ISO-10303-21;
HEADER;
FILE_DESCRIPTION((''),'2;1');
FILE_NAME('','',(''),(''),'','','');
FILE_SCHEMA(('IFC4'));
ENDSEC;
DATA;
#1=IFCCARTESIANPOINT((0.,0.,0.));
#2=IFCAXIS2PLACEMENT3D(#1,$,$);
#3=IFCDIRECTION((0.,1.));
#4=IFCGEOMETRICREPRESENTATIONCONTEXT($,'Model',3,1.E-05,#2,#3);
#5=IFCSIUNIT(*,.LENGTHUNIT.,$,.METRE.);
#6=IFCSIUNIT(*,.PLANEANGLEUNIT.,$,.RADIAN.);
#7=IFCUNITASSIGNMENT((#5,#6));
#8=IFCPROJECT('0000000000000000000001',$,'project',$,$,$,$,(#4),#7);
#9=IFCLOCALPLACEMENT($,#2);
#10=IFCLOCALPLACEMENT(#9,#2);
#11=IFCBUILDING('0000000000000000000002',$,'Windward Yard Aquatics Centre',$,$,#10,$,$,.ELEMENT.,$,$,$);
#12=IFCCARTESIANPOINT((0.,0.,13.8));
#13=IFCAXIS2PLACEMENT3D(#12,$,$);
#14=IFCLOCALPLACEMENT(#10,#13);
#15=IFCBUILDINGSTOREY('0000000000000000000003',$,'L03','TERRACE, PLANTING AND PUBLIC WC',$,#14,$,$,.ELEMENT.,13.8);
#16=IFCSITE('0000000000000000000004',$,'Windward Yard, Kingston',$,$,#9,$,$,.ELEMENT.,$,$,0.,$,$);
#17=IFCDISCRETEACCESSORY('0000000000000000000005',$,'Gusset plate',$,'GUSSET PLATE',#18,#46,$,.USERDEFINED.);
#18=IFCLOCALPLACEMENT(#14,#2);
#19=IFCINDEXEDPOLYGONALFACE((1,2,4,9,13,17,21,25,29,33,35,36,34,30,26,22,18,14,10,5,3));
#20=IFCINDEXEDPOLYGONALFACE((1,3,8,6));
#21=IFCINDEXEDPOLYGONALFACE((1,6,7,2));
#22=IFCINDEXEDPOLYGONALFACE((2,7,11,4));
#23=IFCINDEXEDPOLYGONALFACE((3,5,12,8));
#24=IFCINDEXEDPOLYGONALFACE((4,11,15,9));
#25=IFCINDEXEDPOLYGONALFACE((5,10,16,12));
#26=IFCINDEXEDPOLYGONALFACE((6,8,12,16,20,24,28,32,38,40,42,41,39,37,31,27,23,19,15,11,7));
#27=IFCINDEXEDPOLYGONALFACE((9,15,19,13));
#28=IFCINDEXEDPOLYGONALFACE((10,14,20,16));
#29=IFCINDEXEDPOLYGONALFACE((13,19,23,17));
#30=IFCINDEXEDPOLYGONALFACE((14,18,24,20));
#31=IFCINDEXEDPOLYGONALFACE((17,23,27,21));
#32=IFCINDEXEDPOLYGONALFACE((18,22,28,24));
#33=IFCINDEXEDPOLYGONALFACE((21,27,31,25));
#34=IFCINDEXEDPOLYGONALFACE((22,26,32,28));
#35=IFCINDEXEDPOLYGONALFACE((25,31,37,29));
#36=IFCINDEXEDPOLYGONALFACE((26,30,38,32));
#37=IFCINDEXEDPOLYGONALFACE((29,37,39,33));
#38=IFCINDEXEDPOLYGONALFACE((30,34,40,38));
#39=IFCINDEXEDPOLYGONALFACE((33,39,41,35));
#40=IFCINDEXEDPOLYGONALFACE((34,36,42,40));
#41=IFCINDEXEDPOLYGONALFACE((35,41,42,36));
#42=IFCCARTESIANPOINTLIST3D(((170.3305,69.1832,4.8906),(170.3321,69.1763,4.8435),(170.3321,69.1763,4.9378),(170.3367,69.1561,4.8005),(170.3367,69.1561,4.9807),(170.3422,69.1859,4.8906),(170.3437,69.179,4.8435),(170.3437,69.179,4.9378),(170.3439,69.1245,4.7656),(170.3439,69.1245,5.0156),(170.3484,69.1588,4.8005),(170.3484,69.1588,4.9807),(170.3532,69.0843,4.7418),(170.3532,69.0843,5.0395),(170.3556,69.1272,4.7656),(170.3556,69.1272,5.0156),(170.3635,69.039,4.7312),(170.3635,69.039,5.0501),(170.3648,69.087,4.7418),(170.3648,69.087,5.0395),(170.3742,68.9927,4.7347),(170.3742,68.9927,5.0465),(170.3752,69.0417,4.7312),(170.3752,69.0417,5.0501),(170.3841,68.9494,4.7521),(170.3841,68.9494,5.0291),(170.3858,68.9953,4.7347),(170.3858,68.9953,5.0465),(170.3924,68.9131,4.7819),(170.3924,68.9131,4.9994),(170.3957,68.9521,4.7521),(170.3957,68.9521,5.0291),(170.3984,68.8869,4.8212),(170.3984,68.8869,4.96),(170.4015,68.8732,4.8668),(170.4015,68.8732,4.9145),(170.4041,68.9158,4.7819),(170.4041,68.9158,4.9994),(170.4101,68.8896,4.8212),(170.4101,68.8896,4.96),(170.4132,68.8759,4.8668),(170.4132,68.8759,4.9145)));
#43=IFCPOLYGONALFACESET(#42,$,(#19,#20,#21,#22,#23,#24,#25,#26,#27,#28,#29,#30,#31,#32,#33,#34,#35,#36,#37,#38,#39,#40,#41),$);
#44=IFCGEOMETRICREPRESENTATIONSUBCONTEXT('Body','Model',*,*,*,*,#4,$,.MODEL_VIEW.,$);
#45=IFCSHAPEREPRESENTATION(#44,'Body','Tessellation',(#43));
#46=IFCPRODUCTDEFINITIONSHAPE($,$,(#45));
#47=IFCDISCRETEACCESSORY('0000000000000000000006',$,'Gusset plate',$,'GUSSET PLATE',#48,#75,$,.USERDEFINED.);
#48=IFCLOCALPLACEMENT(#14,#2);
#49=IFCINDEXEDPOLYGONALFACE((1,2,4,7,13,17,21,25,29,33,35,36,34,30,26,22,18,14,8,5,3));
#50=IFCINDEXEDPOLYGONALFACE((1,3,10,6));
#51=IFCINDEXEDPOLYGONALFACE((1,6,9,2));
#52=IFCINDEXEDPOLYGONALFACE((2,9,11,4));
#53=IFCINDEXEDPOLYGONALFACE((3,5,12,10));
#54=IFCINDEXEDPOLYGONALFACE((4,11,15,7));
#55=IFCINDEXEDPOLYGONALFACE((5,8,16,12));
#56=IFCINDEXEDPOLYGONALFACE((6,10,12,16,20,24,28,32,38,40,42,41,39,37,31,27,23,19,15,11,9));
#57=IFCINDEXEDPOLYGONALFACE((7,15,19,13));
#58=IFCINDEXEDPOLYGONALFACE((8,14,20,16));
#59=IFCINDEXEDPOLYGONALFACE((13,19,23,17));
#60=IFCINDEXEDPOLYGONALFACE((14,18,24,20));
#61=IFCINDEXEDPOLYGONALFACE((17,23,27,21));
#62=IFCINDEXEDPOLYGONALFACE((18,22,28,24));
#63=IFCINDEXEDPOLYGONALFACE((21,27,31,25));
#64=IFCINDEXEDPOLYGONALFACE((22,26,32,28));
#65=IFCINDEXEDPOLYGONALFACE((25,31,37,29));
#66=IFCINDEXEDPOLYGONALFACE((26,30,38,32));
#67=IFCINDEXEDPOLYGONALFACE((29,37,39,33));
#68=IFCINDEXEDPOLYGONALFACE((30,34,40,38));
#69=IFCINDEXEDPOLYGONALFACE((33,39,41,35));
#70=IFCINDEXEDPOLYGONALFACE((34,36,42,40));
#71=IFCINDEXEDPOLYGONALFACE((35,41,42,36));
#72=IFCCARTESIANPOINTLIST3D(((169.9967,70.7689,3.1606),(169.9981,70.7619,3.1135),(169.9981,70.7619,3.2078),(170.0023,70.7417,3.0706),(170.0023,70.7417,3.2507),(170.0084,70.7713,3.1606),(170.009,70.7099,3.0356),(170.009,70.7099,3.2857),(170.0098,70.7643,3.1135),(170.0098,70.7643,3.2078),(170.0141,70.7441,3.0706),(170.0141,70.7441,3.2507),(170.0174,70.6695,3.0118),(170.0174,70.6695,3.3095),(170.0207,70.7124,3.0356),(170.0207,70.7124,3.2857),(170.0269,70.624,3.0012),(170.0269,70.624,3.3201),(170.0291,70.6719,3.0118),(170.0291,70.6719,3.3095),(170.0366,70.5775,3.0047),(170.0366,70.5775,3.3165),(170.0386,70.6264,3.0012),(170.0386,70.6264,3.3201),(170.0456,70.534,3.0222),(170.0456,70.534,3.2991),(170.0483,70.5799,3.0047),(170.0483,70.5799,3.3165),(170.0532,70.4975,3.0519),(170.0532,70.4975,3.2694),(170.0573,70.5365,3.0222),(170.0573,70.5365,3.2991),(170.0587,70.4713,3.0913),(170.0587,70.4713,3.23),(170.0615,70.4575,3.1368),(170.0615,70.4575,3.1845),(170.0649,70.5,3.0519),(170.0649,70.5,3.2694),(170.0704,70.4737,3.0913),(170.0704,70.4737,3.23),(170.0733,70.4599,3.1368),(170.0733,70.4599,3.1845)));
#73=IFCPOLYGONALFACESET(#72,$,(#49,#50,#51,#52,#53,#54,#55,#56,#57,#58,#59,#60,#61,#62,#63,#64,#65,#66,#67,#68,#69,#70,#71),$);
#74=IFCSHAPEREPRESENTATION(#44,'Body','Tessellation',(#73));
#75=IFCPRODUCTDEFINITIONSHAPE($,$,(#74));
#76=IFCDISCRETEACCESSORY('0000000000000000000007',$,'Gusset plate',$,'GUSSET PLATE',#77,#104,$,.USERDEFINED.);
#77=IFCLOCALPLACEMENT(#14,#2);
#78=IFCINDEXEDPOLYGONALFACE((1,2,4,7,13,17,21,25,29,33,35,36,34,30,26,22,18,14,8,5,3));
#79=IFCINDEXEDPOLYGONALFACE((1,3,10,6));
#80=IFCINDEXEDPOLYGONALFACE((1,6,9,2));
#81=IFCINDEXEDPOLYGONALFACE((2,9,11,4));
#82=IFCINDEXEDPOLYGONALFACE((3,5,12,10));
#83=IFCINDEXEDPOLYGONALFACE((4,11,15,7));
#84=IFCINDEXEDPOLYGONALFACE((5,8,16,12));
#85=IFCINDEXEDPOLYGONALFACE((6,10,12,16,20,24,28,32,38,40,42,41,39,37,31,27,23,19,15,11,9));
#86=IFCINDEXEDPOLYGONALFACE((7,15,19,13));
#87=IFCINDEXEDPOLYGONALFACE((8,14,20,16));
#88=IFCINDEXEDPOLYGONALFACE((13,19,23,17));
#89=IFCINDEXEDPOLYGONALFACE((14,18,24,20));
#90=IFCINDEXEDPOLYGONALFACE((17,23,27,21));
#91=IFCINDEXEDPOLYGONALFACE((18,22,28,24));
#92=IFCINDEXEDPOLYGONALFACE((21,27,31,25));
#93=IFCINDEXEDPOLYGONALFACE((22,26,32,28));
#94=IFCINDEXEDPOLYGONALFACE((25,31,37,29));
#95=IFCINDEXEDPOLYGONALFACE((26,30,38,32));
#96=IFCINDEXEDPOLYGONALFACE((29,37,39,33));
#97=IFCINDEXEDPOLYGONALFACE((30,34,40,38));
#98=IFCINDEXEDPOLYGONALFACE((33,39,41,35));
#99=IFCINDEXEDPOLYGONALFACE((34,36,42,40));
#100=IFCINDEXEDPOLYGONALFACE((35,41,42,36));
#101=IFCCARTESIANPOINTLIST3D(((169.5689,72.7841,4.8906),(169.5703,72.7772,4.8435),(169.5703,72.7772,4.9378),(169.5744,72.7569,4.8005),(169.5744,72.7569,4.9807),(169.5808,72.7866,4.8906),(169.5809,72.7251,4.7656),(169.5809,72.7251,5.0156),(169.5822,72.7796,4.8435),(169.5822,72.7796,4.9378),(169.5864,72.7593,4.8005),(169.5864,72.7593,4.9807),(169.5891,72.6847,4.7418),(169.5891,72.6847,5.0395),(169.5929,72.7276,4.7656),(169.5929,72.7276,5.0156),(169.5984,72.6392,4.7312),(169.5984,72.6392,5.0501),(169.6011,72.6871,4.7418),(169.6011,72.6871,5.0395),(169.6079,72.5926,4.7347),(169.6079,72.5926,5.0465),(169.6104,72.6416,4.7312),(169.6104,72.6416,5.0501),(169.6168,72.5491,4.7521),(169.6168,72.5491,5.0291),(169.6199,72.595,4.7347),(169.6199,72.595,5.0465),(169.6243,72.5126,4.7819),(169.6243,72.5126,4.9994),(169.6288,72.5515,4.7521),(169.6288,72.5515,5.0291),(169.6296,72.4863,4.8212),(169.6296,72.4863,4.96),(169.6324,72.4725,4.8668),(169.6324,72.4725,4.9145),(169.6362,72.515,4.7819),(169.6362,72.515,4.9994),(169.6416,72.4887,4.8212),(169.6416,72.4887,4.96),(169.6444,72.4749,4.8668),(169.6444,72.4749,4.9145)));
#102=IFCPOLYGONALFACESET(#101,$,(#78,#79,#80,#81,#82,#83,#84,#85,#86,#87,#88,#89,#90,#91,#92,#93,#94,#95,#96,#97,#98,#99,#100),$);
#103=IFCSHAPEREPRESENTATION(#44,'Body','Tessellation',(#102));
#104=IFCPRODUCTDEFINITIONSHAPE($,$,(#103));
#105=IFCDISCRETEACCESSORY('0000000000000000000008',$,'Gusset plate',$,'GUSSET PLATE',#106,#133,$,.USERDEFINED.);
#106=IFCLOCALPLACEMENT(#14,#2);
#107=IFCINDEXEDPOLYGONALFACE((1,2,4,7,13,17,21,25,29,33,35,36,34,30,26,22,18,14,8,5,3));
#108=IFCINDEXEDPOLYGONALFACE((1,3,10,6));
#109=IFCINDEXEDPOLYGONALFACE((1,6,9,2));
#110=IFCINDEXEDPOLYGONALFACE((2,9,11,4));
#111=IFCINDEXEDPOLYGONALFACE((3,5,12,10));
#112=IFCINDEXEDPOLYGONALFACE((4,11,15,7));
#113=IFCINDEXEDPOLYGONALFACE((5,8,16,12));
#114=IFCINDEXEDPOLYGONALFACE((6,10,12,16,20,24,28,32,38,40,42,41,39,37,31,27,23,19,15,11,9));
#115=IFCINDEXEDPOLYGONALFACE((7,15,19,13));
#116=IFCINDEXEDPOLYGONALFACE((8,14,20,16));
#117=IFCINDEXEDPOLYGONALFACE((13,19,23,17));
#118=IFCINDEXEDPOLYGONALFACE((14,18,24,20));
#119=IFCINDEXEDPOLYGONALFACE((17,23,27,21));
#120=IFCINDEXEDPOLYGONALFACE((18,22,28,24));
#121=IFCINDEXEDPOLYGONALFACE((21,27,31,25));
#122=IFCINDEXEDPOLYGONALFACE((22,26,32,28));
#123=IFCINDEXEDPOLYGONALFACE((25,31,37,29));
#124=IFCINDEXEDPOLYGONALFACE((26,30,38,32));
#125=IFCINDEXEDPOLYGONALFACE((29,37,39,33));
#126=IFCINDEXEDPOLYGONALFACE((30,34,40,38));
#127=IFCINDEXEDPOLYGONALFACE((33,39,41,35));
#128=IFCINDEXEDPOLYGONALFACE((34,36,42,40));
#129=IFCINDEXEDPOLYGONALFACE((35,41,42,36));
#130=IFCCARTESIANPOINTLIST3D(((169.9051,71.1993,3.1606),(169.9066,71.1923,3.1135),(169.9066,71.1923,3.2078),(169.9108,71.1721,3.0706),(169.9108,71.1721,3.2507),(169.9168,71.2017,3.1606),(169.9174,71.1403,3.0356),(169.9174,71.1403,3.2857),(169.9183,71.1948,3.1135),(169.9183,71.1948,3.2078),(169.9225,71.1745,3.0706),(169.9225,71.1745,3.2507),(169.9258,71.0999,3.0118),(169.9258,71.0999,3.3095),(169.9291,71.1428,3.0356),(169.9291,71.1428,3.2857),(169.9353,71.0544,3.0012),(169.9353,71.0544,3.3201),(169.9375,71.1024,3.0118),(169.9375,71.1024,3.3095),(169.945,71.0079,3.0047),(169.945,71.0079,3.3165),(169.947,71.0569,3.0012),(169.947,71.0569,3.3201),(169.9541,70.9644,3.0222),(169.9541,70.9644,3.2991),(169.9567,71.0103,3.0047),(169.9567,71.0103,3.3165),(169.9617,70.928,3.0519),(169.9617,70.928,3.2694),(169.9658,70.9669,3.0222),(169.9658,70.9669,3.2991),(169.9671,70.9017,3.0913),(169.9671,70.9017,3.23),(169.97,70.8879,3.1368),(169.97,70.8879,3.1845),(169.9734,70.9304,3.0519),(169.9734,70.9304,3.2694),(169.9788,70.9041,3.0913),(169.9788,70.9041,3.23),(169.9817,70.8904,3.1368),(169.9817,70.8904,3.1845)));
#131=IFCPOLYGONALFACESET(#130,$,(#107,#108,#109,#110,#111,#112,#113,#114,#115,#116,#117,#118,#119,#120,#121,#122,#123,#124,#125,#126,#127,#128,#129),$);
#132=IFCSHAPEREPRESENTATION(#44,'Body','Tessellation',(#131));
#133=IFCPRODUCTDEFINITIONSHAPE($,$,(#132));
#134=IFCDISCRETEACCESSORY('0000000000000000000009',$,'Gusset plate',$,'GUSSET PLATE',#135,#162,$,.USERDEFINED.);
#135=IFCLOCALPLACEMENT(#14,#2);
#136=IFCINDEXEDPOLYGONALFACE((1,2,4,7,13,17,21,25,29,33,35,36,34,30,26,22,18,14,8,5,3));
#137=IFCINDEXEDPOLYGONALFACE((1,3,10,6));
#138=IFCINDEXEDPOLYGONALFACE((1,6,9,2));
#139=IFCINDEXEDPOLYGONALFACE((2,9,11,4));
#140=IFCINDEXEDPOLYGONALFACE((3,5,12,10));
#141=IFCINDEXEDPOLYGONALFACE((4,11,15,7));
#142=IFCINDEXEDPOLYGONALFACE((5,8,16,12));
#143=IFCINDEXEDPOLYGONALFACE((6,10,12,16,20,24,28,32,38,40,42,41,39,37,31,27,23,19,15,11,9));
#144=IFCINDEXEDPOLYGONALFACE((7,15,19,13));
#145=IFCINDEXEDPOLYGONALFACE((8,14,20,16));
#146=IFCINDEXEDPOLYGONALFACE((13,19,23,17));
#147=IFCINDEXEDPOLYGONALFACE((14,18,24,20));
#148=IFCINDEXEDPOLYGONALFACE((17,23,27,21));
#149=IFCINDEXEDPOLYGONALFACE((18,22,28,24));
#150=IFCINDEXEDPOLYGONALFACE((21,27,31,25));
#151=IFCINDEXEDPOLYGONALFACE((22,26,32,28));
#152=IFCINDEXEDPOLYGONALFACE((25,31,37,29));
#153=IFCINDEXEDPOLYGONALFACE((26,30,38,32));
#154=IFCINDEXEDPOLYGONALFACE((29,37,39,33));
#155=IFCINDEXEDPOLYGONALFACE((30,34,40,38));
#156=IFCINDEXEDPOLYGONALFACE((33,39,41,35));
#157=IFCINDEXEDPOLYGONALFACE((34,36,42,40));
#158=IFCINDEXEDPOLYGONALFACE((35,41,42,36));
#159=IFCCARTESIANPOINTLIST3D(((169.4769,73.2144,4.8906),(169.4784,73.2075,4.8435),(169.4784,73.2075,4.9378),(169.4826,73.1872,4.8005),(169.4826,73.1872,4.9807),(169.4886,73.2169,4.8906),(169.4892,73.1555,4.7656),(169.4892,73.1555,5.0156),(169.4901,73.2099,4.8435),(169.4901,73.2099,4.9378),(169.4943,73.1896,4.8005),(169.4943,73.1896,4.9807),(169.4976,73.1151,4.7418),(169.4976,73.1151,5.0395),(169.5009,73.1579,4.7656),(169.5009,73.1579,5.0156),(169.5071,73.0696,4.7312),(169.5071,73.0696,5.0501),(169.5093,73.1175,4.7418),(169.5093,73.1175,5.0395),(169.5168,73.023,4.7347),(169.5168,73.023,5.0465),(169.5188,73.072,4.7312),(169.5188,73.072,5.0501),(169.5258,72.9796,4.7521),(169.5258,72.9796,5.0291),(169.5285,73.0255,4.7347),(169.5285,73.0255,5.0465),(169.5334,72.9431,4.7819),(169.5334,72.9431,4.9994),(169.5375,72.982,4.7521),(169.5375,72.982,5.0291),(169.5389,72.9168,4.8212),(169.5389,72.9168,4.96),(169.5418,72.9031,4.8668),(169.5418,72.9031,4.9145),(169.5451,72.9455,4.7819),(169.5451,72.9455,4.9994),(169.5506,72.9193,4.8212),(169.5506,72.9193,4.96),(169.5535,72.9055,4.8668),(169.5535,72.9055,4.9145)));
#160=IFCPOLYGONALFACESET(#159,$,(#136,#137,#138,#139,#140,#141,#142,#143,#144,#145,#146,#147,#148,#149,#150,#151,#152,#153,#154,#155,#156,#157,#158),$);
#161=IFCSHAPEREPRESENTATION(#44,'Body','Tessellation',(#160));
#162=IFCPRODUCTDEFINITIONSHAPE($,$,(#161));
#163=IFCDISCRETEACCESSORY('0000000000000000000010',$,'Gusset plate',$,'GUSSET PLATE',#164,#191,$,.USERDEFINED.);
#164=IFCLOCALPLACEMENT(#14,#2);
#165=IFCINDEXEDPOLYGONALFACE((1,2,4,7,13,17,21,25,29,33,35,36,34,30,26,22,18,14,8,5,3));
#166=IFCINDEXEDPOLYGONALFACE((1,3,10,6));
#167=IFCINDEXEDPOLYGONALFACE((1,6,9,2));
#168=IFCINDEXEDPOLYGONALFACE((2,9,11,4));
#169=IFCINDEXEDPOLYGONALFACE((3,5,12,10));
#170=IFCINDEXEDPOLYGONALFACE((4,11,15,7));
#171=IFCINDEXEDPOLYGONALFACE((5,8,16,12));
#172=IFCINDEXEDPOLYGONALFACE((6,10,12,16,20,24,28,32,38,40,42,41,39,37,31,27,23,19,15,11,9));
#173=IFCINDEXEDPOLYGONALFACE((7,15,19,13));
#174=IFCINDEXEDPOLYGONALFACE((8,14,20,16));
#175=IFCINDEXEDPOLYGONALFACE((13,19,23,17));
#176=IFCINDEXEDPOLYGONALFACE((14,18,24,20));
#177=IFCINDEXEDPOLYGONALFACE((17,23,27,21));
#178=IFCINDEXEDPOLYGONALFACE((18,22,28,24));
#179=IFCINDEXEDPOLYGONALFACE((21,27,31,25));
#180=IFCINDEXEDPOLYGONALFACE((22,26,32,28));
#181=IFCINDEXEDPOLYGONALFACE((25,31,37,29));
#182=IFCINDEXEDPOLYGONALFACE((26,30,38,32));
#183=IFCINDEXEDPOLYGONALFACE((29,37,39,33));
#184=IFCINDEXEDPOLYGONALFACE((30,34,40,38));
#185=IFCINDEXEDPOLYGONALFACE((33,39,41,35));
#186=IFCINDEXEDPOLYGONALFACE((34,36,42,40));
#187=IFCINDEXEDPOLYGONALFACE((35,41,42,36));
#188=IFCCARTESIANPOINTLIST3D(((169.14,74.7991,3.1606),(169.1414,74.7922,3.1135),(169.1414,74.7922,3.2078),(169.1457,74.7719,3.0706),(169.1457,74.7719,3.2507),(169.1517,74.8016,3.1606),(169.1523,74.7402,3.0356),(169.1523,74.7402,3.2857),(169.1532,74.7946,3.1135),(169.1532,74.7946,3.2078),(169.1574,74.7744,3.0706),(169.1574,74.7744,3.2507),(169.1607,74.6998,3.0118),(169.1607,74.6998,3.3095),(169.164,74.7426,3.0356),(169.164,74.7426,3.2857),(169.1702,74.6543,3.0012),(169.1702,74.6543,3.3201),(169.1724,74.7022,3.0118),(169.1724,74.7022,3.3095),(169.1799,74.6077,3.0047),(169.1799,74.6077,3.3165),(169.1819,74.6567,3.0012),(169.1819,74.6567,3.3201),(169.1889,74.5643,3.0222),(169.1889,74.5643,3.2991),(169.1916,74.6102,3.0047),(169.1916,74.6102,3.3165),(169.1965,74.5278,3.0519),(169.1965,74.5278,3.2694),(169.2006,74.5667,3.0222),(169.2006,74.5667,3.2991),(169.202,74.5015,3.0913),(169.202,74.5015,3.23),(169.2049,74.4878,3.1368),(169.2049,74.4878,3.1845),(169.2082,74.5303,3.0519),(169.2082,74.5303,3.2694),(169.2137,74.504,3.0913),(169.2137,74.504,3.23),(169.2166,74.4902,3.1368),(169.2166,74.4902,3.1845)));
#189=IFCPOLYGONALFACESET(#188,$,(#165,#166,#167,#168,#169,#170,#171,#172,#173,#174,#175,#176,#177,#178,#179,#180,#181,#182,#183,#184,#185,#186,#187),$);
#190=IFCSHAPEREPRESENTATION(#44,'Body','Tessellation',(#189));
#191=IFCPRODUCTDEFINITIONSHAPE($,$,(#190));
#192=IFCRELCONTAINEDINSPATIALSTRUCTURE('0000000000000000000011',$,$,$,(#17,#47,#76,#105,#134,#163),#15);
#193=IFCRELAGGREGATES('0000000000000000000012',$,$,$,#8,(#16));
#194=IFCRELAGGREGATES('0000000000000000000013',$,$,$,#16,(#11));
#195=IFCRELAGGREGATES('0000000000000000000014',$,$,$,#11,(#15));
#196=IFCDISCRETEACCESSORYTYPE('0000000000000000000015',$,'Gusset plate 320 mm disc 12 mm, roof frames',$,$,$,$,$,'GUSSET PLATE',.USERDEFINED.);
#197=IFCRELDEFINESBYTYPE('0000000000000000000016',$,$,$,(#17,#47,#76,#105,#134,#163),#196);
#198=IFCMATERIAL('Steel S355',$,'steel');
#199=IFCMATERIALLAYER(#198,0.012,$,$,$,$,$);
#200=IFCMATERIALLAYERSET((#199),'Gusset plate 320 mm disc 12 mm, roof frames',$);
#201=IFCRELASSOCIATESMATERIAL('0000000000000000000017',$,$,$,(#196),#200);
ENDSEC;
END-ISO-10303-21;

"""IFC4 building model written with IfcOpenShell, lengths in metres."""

from ifc_helpers import new_model, si_unit, direction, frame, origin, origin_2d, place, context, subcontext, project, spatial, circle, extrude, material, layer, layer_set, type_object, element, save


model = new_model("IFC4")

# Units and contexts
model_context = context("Model", 3, precision=1e-05, world=origin(), true_north=direction((0.0, 1.0)))
body_context = subcontext(model_context, "Body", "Model", "MODEL_VIEW")
ifc_project = project(units=[si_unit("LENGTHUNIT", "METRE"), si_unit("PLANEANGLEUNIT", "RADIAN")], contexts=[model_context])

# Site, building, storey
site_placement = place(None, origin())
site = spatial("IfcSite", under=ifc_project, at=site_placement, Name="Windward Yard, Kingston", CompositionType="ELEMENT", RefElevation=0.0)
building_placement = place(site_placement, origin())
building = spatial("IfcBuilding", under=site, at=building_placement, Name="Windward Yard Aquatics Centre", CompositionType="ELEMENT")
storey_placement = place(building_placement, frame((0.0, 0.0, 13.8)))
storey = spatial("IfcBuildingStorey", under=building, at=storey_placement, Name="L03", Description="TERRACE, PLANTING AND PUBLIC WC", CompositionType="ELEMENT", Elevation=13.8)

# Discrete accessories
ifc_material_1 = material(Name="Steel S355", Category="steel")
ifc_layer_1 = layer(ifc_material_1, 0.012)
ifc_layer_set_1 = layer_set([ifc_layer_1], Name="Gusset plate 320 mm disc 12 mm, roof frames")
discrete_accessory_type_1 = type_object("IfcDiscreteAccessoryType", Name="Gusset plate 320 mm disc 12 mm, roof frames", ElementType="GUSSET PLATE", PredefinedType="USERDEFINED", material=ifc_layer_set_1)
for number, where, z_axis, x_axis, name in (
    (1, (170.3662, 69.0273, 4.8906), (0.974732, 0.223376, 0.0), (-0.223376, 0.974732, 0.0), "Gusset plate"),
    (2, (170.0293, 70.6123, 3.1606), (0.97898, 0.203954, 0.0), (-0.203954, 0.97898, 0.0), "Gusset plate"),
):
    element("IfcDiscreteAccessory", number, at=place(storey_placement, frame(where, z_axis=z_axis, x_axis=x_axis)), inside=storey, type_object=discrete_accessory_type_1, Name=name, ObjectType="GUSSET PLATE", PredefinedType="USERDEFINED", context=body_context, shape_type="SweptSolid", body=[
        extrude(circle(Radius=0.1599, at=origin_2d()), origin(), (0.0, 0.0, 1.0), 0.012),
    ])
discrete_accessory_placement = place(storey_placement, frame((169.6008, 72.6274, 4.8906), z_axis=(0.979804, 0.19996, 0.0), x_axis=(-0.19996, 0.979804, 0.0)))
element("IfcDiscreteAccessory", 3, at=discrete_accessory_placement, inside=storey, type_object=discrete_accessory_type_1, Name="Gusset plate", ObjectType="GUSSET PLATE", PredefinedType="USERDEFINED", context=body_context, shape_type="SweptSolid", body=[
    extrude(circle(Radius=0.1599, at=origin_2d()), origin(), (0.0, 0.0, 1.0), 0.0122),
])
for number, where, z_axis, x_axis, name in (
    (4, (169.9377, 71.0427, 3.1606), (0.97898, 0.203954, 0.0), (-0.203954, 0.97898, 0.0), "Gusset plate"),
    (5, (169.5095, 73.0579, 4.8906), (0.97898, 0.203954, 0.0), (-0.203954, 0.97898, 0.0), "Gusset plate"),
    (6, (169.1726, 74.6426, 3.1606), (0.97898, 0.203954, 0.0), (-0.203954, 0.97898, 0.0), "Gusset plate"),
):
    element("IfcDiscreteAccessory", number, at=place(storey_placement, frame(where, z_axis=z_axis, x_axis=x_axis)), inside=storey, type_object=discrete_accessory_type_1, Name=name, ObjectType="GUSSET PLATE", PredefinedType="USERDEFINED", context=body_context, shape_type="SweptSolid", body=[
        extrude(circle(Radius=0.1599, at=origin_2d()), origin(), (0.0, 0.0, 1.0), 0.012),
    ])

save(model, "model.ifc")
